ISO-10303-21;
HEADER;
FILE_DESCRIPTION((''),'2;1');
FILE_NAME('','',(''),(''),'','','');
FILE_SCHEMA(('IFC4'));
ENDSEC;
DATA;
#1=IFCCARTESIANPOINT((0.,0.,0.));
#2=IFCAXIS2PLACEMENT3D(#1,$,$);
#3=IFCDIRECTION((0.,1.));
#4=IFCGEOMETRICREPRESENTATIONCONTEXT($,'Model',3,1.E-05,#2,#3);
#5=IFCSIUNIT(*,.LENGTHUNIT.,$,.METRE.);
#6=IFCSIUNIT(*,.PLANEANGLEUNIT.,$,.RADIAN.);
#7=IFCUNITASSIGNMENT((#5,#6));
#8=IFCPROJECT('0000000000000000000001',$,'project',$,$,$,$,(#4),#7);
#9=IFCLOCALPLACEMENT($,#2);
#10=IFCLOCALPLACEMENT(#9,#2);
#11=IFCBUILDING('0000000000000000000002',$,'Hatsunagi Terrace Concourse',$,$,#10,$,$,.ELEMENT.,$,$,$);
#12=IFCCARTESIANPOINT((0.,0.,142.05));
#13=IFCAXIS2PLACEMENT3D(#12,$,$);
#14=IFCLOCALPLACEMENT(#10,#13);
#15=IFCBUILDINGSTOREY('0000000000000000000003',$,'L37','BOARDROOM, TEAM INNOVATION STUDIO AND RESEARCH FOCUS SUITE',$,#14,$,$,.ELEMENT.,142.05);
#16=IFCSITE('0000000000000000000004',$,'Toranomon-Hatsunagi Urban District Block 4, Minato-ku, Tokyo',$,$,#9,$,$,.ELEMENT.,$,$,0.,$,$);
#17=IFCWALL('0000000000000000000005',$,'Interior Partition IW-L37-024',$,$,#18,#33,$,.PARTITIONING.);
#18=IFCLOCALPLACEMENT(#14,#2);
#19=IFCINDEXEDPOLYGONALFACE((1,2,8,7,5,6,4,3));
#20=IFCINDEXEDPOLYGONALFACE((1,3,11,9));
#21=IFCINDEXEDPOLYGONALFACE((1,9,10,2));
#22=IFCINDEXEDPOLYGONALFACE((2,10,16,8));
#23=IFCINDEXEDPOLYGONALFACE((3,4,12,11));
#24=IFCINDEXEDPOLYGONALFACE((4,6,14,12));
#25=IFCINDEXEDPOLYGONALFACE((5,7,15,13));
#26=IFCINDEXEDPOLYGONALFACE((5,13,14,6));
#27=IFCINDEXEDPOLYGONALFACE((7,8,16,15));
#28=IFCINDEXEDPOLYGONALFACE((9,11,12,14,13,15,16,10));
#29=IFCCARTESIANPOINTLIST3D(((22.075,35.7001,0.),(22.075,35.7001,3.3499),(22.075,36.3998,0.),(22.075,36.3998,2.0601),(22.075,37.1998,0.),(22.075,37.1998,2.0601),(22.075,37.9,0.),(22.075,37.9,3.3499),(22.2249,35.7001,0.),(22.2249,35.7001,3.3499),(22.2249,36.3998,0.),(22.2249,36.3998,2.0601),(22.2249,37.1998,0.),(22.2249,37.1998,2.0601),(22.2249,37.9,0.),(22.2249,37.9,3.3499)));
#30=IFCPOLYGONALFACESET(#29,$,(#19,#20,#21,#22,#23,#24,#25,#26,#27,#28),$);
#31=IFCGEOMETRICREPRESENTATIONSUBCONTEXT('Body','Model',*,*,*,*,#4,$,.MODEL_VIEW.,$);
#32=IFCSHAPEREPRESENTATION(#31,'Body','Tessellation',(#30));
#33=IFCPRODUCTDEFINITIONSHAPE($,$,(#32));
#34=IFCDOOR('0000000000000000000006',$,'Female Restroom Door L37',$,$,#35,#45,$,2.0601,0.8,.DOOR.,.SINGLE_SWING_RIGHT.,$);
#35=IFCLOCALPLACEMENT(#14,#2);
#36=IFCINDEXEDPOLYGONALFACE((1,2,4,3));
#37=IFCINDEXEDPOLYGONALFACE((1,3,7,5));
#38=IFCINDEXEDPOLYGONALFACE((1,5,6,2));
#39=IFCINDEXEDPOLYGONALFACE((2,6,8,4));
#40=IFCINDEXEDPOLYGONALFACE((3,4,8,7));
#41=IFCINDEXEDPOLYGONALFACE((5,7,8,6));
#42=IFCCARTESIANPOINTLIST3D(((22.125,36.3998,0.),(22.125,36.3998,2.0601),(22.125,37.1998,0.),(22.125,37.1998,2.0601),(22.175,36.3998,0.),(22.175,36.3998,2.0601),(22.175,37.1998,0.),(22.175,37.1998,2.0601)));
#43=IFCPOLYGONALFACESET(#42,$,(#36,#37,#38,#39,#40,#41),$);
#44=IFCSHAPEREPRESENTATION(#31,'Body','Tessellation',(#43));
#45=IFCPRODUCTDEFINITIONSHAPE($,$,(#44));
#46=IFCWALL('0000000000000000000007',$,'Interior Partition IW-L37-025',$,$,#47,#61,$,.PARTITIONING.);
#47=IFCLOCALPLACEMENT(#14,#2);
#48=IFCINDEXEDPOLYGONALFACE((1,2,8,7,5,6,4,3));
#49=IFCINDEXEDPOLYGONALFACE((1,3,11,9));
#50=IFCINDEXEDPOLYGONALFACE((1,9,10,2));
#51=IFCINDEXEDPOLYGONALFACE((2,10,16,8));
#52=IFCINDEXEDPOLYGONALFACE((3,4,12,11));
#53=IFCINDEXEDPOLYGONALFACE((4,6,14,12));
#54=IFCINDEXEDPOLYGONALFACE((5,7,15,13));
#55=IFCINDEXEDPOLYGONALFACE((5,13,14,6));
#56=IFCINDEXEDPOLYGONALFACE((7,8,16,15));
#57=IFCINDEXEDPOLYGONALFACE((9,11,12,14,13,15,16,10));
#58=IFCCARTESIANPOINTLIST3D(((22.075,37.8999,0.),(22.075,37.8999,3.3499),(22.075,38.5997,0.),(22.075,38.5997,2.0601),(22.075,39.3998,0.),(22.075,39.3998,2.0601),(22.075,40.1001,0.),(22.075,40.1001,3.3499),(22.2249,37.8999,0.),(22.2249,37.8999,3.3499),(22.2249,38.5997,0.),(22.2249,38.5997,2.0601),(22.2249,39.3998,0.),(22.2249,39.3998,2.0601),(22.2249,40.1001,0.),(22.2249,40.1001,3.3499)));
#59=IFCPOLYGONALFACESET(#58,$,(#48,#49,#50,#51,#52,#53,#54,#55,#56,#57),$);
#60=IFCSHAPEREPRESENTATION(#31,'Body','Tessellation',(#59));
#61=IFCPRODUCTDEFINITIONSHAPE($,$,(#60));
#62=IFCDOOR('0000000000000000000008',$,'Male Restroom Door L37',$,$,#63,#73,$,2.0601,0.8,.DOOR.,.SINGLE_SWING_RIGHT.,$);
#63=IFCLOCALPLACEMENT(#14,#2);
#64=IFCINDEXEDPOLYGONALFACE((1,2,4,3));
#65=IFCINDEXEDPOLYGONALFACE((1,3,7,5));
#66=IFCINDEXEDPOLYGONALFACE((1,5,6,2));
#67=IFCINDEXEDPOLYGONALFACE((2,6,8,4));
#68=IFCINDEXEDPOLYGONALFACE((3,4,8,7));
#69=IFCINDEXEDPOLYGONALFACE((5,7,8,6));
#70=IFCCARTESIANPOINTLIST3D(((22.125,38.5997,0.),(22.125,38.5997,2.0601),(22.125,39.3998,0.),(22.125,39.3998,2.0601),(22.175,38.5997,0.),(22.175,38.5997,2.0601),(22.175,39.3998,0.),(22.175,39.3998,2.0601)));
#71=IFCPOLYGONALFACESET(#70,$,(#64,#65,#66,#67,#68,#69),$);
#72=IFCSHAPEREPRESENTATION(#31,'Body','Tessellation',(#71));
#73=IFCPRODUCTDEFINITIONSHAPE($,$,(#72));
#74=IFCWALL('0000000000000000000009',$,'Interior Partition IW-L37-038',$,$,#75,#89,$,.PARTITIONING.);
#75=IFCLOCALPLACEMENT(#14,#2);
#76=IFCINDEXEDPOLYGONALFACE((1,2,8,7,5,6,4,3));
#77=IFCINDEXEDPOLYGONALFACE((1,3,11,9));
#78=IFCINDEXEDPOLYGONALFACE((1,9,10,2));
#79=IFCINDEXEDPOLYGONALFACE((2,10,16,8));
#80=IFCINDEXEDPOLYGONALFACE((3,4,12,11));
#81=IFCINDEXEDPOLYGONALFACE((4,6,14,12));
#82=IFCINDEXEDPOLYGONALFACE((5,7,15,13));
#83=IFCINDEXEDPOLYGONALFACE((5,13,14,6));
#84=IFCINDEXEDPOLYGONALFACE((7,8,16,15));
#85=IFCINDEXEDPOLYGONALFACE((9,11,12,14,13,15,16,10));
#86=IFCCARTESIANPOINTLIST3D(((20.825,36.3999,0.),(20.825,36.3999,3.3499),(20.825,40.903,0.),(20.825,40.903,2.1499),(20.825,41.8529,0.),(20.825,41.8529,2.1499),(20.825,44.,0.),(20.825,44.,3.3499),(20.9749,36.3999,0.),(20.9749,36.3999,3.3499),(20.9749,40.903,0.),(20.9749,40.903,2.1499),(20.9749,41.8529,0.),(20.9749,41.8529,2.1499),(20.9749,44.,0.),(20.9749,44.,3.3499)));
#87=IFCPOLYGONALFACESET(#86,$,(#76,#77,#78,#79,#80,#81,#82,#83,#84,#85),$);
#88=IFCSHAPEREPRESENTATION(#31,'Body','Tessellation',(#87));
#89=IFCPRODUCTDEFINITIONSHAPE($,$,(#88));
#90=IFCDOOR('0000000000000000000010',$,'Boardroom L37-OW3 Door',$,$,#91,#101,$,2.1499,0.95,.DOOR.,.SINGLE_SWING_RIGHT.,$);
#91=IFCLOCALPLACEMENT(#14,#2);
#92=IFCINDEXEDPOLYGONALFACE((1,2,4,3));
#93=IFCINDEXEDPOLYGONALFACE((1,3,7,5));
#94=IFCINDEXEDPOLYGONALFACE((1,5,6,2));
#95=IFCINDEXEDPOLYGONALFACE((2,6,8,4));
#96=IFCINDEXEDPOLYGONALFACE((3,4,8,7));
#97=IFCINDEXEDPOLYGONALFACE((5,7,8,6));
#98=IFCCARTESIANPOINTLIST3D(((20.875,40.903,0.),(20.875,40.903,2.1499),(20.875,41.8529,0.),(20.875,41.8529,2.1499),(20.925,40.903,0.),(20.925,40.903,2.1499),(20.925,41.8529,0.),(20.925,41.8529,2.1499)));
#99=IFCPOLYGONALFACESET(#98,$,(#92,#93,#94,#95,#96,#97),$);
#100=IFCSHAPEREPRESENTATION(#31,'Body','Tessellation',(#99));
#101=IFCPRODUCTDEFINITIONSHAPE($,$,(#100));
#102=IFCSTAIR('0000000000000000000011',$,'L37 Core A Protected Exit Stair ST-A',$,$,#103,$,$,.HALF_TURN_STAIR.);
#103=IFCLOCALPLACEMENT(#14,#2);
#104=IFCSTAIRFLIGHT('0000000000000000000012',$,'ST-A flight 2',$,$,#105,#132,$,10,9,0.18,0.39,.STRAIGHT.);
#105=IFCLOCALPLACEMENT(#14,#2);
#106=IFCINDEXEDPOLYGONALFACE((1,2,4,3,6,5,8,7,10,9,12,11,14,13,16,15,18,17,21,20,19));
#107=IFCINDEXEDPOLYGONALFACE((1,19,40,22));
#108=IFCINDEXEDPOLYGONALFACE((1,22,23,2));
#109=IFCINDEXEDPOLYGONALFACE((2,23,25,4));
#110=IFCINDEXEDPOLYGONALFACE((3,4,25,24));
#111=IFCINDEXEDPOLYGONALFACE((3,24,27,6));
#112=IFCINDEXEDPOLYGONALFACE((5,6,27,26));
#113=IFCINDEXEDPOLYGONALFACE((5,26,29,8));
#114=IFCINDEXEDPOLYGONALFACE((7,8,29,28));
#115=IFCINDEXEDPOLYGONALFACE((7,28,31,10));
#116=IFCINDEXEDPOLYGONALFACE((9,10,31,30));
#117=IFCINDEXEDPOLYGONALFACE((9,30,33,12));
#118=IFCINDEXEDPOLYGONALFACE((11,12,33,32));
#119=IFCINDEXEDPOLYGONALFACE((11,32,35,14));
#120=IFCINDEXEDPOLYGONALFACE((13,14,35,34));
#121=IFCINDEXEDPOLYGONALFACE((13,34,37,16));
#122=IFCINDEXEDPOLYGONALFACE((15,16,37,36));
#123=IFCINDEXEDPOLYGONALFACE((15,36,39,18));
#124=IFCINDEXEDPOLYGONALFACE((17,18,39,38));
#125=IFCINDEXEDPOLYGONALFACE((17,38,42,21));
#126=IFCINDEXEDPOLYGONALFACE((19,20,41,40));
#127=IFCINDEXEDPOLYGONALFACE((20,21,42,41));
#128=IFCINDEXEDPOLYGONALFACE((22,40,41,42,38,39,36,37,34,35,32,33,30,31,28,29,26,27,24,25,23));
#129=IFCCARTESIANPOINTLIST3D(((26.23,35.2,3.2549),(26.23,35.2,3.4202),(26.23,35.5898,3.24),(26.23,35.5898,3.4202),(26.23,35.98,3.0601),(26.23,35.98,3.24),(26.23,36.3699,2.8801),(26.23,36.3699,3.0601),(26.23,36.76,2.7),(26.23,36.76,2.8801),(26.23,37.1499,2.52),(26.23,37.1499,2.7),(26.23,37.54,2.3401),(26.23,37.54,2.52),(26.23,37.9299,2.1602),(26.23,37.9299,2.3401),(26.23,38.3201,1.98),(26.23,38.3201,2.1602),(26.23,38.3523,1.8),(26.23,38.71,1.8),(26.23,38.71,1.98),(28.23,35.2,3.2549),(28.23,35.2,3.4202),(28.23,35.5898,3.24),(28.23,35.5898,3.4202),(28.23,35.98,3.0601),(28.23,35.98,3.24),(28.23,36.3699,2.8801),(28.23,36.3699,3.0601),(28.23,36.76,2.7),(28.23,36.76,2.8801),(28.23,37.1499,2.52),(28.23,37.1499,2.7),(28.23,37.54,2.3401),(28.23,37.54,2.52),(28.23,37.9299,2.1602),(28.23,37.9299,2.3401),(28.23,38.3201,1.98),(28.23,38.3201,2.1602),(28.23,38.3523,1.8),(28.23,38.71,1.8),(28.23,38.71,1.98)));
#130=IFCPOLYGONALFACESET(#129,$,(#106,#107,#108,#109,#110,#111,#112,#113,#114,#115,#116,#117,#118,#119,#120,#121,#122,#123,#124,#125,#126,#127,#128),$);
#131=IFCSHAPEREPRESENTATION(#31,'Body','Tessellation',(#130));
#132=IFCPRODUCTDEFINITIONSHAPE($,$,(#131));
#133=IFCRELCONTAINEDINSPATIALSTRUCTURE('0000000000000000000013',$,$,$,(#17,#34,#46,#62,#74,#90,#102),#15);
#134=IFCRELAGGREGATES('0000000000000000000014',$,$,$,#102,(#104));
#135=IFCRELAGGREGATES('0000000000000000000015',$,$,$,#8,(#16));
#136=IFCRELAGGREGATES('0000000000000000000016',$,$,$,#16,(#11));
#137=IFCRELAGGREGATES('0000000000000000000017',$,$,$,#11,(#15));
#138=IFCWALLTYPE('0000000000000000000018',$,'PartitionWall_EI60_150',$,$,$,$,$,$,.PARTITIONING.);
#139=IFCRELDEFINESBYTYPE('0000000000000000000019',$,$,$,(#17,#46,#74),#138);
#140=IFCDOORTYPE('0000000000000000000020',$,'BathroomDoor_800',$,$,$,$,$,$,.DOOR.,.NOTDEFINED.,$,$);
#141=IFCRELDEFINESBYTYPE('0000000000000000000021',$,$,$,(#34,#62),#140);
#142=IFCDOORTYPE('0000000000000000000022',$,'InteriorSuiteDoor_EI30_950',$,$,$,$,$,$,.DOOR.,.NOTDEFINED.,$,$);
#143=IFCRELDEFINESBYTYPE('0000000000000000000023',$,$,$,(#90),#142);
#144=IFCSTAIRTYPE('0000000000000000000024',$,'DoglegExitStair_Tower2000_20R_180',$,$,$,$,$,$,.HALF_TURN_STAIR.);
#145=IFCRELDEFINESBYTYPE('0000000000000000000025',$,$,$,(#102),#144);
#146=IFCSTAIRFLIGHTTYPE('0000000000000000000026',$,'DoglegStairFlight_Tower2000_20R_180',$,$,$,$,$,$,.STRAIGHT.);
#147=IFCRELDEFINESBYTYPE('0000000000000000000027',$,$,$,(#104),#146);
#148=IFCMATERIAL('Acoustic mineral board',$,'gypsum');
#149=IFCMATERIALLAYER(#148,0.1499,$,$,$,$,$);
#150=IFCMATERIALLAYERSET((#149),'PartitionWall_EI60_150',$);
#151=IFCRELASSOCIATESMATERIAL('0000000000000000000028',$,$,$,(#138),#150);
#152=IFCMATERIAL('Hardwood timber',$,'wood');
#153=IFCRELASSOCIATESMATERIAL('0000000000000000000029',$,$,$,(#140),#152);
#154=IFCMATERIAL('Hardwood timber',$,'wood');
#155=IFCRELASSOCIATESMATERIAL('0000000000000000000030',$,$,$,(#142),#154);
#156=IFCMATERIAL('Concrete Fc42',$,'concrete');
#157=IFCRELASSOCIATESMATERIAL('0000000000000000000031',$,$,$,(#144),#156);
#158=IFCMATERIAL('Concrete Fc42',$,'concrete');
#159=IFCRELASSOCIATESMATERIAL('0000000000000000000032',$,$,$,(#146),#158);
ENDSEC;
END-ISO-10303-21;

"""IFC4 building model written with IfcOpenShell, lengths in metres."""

from ifc_helpers import new_model, si_unit, direction, frame, frame_2d, origin, place, context, subcontext, project, spatial, polyline, rectangle, outline, extrude, material, layer, layer_set, type_object, element, fill, aggregate, save


model = new_model("IFC4")

# Units and contexts
model_context = context("Model", 3, precision=1e-05, world=origin(), true_north=direction((0.0, 1.0)))
body_context = subcontext(model_context, "Body", "Model", "MODEL_VIEW")
ifc_project = project(units=[si_unit("LENGTHUNIT", "METRE"), si_unit("PLANEANGLEUNIT", "RADIAN")], contexts=[model_context])

# Site, building, storey
site_placement = place(None, origin())
site = spatial("IfcSite", under=ifc_project, at=site_placement, Name="Toranomon-Hatsunagi Urban District Block 4, Minato-ku, Tokyo", CompositionType="ELEMENT", RefElevation=0.0)
building_placement = place(site_placement, origin())
building = spatial("IfcBuilding", under=site, at=building_placement, Name="Hatsunagi Terrace Concourse", CompositionType="ELEMENT")
storey_placement = place(building_placement, frame((0.0, 0.0, 142.05)))
storey = spatial("IfcBuildingStorey", under=building, at=storey_placement, Name="L37", Description="BOARDROOM, TEAM INNOVATION STUDIO AND RESEARCH FOCUS SUITE", CompositionType="ELEMENT", Elevation=142.05)

# Shared definitions
ifc_material_1 = material(Name="Acoustic mineral board", Category="gypsum")
ifc_layer_1 = layer(ifc_material_1, 0.1499)
ifc_layer_set_1 = layer_set([ifc_layer_1], Name="PartitionWall_EI60_150")
wall_type_1 = type_object("IfcWallType", Name="PartitionWall_EI60_150", PredefinedType="PARTITIONING", material=ifc_layer_set_1)

# Walls, openings, doors
ifc_material_2 = material(Name="Hardwood timber", Category="wood")
door_type_1 = type_object("IfcDoorType", Name="BathroomDoor_800", OperationType="NOTDEFINED", PredefinedType="DOOR", material=ifc_material_2)
wall_1_placement = place(storey_placement, frame((22.1499, 35.7, 0.0), z_axis=(0.0, 0.0, 1.0), x_axis=(0.0, 1.0, 0.0)))
wall_1 = element("IfcWall", 1, at=wall_1_placement, inside=storey, type_object=wall_type_1, Name="Interior Partition IW-L37-024", PredefinedType="PARTITIONING", context=body_context, shape_type="SweptSolid", body=[
    extrude(rectangle(XDim=2.2, YDim=0.1499, at=frame_2d((1.1001, 0.0))), origin(), (0.0, 0.0, 1.0), 3.3499),
])
opening_1_placement = place(wall_1_placement, frame((0.7, 0.0, 0.0)))
opening_1 = element("IfcOpeningElement", 2, at=opening_1_placement, cuts=wall_1, PredefinedType="OPENING", context=body_context, shape_type="SweptSolid", body=[
    extrude(rectangle(XDim=0.8, YDim=2.0601, at=frame_2d((0.3999, 1.03))), frame((0.0, 0.085, 0.0), z_axis=(0.0, -1.0, 0.0), x_axis=(1.0, 0.0, 0.0)), (0.0, 0.0, 1.0), 0.1699),
])
door_1_placement = place(opening_1_placement, origin())
door_1 = element("IfcDoor", 3, at=door_1_placement, inside=storey, type_object=door_type_1, Name="Female Restroom Door L37", OperationType="SINGLE_SWING_RIGHT", OverallHeight=2.0601, OverallWidth=0.8, PredefinedType="DOOR", context=body_context, shape_type="SweptSolid", body=[
    extrude(rectangle(XDim=0.8, YDim=2.0601, at=frame_2d((0.3999, 1.03))), frame((0.0, 0.0249, 0.0), z_axis=(0.0, -1.0, 0.0), x_axis=(1.0, 0.0, 0.0)), (0.0, 0.0, 1.0), 0.05),
])
fill(opening_1, door_1)
wall_2_placement = place(storey_placement, frame((22.1499, 37.8999, 0.0), z_axis=(0.0, 0.0, 1.0), x_axis=(0.0, 1.0, 0.0)))
wall_2 = element("IfcWall", 4, at=wall_2_placement, inside=storey, type_object=wall_type_1, Name="Interior Partition IW-L37-025", PredefinedType="PARTITIONING", context=body_context, shape_type="SweptSolid", body=[
    extrude(rectangle(XDim=2.2002, YDim=0.1499, at=frame_2d((1.1001, 0.0))), origin(), (0.0, 0.0, 1.0), 3.3499),
])
opening_2_placement = place(wall_2_placement, frame((0.7, 0.0, 0.0)))
opening_2 = element("IfcOpeningElement", 5, at=opening_2_placement, cuts=wall_2, PredefinedType="OPENING", context=body_context, shape_type="SweptSolid", body=[
    extrude(rectangle(XDim=0.8, YDim=2.0601, at=frame_2d((0.3999, 1.03))), frame((0.0, 0.085, 0.0), z_axis=(0.0, -1.0, 0.0), x_axis=(1.0, 0.0, 0.0)), (0.0, 0.0, 1.0), 0.1699),
])
door_2_placement = place(opening_2_placement, origin())
door_2 = element("IfcDoor", 6, at=door_2_placement, inside=storey, type_object=door_type_1, Name="Male Restroom Door L37", OperationType="SINGLE_SWING_RIGHT", OverallHeight=2.0601, OverallWidth=0.8, PredefinedType="DOOR", context=body_context, shape_type="SweptSolid", body=[
    extrude(rectangle(XDim=0.8, YDim=2.0601, at=frame_2d((0.3999, 1.03))), frame((0.0, 0.0249, 0.0), z_axis=(0.0, -1.0, 0.0), x_axis=(1.0, 0.0, 0.0)), (0.0, 0.0, 1.0), 0.05),
])
fill(opening_2, door_2)
wall_3_placement = place(storey_placement, frame((20.8999, 36.3999, 0.0), z_axis=(0.0, 0.0, 1.0), x_axis=(0.0, 1.0, 0.0)))
wall_3 = element("IfcWall", 7, at=wall_3_placement, inside=storey, type_object=wall_type_1, Name="Interior Partition IW-L37-038", PredefinedType="PARTITIONING", context=body_context, shape_type="SweptSolid", body=[
    extrude(rectangle(XDim=7.6001, YDim=0.1499, at=frame_2d((3.8, 0.0))), origin(), (0.0, 0.0, 1.0), 3.3499),
])
opening_3_placement = place(wall_3_placement, frame((4.5029, 0.0, 0.0)))
opening_3 = element("IfcOpeningElement", 8, at=opening_3_placement, cuts=wall_3, PredefinedType="OPENING", context=body_context, shape_type="SweptSolid", body=[
    extrude(rectangle(XDim=0.95, YDim=2.1499, at=frame_2d((0.4751, 1.075))), frame((0.0, 0.085, 0.0), z_axis=(0.0, -1.0, 0.0), x_axis=(1.0, 0.0, 0.0)), (0.0, 0.0, 1.0), 0.1699),
])
ifc_material_3 = material(Name="Hardwood timber", Category="wood")
door_type_2 = type_object("IfcDoorType", Name="InteriorSuiteDoor_EI30_950", OperationType="NOTDEFINED", PredefinedType="DOOR", material=ifc_material_3)
door_3_placement = place(opening_3_placement, origin())
door_3 = element("IfcDoor", 9, at=door_3_placement, inside=storey, type_object=door_type_2, Name="Boardroom L37-OW3 Door", OperationType="SINGLE_SWING_RIGHT", OverallHeight=2.1499, OverallWidth=0.95, PredefinedType="DOOR", context=body_context, shape_type="SweptSolid", body=[
    extrude(rectangle(XDim=0.95, YDim=2.1499, at=frame_2d((0.4751, 1.075))), frame((0.0, 0.0249, 0.0), z_axis=(0.0, -1.0, 0.0), x_axis=(1.0, 0.0, 0.0)), (0.0, 0.0, 1.0), 0.05),
])
fill(opening_3, door_3)

# Stair, stair flight
ifc_material_4 = material(Name="Concrete Fc42", Category="concrete")
stair_type = type_object("IfcStairType", Name="DoglegExitStair_Tower2000_20R_180", PredefinedType="HALF_TURN_STAIR", material=ifc_material_4)
stair_placement = place(storey_placement, origin())
stair = element("IfcStair", 10, at=stair_placement, inside=storey, type_object=stair_type, Name="L37 Core A Protected Exit Stair ST-A", PredefinedType="HALF_TURN_STAIR")
ifc_material_5 = material(Name="Concrete Fc42", Category="concrete")
stair_flight_type = type_object("IfcStairFlightType", Name="DoglegStairFlight_Tower2000_20R_180", PredefinedType="STRAIGHT", material=ifc_material_5)
stair_flight_placement = place(storey_placement, frame((27.23, 38.71, 1.8), z_axis=(0.0, 0.0, 1.0), x_axis=(0.0, -1.0, 0.0)))
stair_flight = element("IfcStairFlight", 11, at=stair_flight_placement, type_object=stair_flight_type, Name="ST-A flight 2", NumberOfRisers=10, NumberOfTreads=9, PredefinedType="STRAIGHT", RiserHeight=0.18, TreadLength=0.39, context=body_context, shape_type="SweptSolid", body=[
    extrude(outline(polyline([(0.0, 0.0), (0.0, 0.1799), (0.3899, 0.1799), (0.3899, 0.3601), (0.78, 0.3601), (0.78, 0.54), (1.1699, 0.54), (1.1699, 0.72), (1.5601, 0.72), (1.5601, 0.8999), (1.95, 0.8999), (1.95, 1.0801), (2.3401, 1.0801), (2.3401, 1.26), (2.73, 1.26), (2.73, 1.4399), (3.1201, 1.4399), (3.1201, 1.6201), (3.51, 1.6201), (3.51, 1.8), (3.51, 1.4548), (0.3577, 0.0), (0.0, 0.0)])), frame((0.0, 1.0, 0.0), z_axis=(0.0, -1.0, 0.0), x_axis=(1.0, 0.0, 0.0)), (0.0, 0.0, 1.0), 2.0),
])
aggregate(stair, [stair_flight])

save(model, "model.ifc")
